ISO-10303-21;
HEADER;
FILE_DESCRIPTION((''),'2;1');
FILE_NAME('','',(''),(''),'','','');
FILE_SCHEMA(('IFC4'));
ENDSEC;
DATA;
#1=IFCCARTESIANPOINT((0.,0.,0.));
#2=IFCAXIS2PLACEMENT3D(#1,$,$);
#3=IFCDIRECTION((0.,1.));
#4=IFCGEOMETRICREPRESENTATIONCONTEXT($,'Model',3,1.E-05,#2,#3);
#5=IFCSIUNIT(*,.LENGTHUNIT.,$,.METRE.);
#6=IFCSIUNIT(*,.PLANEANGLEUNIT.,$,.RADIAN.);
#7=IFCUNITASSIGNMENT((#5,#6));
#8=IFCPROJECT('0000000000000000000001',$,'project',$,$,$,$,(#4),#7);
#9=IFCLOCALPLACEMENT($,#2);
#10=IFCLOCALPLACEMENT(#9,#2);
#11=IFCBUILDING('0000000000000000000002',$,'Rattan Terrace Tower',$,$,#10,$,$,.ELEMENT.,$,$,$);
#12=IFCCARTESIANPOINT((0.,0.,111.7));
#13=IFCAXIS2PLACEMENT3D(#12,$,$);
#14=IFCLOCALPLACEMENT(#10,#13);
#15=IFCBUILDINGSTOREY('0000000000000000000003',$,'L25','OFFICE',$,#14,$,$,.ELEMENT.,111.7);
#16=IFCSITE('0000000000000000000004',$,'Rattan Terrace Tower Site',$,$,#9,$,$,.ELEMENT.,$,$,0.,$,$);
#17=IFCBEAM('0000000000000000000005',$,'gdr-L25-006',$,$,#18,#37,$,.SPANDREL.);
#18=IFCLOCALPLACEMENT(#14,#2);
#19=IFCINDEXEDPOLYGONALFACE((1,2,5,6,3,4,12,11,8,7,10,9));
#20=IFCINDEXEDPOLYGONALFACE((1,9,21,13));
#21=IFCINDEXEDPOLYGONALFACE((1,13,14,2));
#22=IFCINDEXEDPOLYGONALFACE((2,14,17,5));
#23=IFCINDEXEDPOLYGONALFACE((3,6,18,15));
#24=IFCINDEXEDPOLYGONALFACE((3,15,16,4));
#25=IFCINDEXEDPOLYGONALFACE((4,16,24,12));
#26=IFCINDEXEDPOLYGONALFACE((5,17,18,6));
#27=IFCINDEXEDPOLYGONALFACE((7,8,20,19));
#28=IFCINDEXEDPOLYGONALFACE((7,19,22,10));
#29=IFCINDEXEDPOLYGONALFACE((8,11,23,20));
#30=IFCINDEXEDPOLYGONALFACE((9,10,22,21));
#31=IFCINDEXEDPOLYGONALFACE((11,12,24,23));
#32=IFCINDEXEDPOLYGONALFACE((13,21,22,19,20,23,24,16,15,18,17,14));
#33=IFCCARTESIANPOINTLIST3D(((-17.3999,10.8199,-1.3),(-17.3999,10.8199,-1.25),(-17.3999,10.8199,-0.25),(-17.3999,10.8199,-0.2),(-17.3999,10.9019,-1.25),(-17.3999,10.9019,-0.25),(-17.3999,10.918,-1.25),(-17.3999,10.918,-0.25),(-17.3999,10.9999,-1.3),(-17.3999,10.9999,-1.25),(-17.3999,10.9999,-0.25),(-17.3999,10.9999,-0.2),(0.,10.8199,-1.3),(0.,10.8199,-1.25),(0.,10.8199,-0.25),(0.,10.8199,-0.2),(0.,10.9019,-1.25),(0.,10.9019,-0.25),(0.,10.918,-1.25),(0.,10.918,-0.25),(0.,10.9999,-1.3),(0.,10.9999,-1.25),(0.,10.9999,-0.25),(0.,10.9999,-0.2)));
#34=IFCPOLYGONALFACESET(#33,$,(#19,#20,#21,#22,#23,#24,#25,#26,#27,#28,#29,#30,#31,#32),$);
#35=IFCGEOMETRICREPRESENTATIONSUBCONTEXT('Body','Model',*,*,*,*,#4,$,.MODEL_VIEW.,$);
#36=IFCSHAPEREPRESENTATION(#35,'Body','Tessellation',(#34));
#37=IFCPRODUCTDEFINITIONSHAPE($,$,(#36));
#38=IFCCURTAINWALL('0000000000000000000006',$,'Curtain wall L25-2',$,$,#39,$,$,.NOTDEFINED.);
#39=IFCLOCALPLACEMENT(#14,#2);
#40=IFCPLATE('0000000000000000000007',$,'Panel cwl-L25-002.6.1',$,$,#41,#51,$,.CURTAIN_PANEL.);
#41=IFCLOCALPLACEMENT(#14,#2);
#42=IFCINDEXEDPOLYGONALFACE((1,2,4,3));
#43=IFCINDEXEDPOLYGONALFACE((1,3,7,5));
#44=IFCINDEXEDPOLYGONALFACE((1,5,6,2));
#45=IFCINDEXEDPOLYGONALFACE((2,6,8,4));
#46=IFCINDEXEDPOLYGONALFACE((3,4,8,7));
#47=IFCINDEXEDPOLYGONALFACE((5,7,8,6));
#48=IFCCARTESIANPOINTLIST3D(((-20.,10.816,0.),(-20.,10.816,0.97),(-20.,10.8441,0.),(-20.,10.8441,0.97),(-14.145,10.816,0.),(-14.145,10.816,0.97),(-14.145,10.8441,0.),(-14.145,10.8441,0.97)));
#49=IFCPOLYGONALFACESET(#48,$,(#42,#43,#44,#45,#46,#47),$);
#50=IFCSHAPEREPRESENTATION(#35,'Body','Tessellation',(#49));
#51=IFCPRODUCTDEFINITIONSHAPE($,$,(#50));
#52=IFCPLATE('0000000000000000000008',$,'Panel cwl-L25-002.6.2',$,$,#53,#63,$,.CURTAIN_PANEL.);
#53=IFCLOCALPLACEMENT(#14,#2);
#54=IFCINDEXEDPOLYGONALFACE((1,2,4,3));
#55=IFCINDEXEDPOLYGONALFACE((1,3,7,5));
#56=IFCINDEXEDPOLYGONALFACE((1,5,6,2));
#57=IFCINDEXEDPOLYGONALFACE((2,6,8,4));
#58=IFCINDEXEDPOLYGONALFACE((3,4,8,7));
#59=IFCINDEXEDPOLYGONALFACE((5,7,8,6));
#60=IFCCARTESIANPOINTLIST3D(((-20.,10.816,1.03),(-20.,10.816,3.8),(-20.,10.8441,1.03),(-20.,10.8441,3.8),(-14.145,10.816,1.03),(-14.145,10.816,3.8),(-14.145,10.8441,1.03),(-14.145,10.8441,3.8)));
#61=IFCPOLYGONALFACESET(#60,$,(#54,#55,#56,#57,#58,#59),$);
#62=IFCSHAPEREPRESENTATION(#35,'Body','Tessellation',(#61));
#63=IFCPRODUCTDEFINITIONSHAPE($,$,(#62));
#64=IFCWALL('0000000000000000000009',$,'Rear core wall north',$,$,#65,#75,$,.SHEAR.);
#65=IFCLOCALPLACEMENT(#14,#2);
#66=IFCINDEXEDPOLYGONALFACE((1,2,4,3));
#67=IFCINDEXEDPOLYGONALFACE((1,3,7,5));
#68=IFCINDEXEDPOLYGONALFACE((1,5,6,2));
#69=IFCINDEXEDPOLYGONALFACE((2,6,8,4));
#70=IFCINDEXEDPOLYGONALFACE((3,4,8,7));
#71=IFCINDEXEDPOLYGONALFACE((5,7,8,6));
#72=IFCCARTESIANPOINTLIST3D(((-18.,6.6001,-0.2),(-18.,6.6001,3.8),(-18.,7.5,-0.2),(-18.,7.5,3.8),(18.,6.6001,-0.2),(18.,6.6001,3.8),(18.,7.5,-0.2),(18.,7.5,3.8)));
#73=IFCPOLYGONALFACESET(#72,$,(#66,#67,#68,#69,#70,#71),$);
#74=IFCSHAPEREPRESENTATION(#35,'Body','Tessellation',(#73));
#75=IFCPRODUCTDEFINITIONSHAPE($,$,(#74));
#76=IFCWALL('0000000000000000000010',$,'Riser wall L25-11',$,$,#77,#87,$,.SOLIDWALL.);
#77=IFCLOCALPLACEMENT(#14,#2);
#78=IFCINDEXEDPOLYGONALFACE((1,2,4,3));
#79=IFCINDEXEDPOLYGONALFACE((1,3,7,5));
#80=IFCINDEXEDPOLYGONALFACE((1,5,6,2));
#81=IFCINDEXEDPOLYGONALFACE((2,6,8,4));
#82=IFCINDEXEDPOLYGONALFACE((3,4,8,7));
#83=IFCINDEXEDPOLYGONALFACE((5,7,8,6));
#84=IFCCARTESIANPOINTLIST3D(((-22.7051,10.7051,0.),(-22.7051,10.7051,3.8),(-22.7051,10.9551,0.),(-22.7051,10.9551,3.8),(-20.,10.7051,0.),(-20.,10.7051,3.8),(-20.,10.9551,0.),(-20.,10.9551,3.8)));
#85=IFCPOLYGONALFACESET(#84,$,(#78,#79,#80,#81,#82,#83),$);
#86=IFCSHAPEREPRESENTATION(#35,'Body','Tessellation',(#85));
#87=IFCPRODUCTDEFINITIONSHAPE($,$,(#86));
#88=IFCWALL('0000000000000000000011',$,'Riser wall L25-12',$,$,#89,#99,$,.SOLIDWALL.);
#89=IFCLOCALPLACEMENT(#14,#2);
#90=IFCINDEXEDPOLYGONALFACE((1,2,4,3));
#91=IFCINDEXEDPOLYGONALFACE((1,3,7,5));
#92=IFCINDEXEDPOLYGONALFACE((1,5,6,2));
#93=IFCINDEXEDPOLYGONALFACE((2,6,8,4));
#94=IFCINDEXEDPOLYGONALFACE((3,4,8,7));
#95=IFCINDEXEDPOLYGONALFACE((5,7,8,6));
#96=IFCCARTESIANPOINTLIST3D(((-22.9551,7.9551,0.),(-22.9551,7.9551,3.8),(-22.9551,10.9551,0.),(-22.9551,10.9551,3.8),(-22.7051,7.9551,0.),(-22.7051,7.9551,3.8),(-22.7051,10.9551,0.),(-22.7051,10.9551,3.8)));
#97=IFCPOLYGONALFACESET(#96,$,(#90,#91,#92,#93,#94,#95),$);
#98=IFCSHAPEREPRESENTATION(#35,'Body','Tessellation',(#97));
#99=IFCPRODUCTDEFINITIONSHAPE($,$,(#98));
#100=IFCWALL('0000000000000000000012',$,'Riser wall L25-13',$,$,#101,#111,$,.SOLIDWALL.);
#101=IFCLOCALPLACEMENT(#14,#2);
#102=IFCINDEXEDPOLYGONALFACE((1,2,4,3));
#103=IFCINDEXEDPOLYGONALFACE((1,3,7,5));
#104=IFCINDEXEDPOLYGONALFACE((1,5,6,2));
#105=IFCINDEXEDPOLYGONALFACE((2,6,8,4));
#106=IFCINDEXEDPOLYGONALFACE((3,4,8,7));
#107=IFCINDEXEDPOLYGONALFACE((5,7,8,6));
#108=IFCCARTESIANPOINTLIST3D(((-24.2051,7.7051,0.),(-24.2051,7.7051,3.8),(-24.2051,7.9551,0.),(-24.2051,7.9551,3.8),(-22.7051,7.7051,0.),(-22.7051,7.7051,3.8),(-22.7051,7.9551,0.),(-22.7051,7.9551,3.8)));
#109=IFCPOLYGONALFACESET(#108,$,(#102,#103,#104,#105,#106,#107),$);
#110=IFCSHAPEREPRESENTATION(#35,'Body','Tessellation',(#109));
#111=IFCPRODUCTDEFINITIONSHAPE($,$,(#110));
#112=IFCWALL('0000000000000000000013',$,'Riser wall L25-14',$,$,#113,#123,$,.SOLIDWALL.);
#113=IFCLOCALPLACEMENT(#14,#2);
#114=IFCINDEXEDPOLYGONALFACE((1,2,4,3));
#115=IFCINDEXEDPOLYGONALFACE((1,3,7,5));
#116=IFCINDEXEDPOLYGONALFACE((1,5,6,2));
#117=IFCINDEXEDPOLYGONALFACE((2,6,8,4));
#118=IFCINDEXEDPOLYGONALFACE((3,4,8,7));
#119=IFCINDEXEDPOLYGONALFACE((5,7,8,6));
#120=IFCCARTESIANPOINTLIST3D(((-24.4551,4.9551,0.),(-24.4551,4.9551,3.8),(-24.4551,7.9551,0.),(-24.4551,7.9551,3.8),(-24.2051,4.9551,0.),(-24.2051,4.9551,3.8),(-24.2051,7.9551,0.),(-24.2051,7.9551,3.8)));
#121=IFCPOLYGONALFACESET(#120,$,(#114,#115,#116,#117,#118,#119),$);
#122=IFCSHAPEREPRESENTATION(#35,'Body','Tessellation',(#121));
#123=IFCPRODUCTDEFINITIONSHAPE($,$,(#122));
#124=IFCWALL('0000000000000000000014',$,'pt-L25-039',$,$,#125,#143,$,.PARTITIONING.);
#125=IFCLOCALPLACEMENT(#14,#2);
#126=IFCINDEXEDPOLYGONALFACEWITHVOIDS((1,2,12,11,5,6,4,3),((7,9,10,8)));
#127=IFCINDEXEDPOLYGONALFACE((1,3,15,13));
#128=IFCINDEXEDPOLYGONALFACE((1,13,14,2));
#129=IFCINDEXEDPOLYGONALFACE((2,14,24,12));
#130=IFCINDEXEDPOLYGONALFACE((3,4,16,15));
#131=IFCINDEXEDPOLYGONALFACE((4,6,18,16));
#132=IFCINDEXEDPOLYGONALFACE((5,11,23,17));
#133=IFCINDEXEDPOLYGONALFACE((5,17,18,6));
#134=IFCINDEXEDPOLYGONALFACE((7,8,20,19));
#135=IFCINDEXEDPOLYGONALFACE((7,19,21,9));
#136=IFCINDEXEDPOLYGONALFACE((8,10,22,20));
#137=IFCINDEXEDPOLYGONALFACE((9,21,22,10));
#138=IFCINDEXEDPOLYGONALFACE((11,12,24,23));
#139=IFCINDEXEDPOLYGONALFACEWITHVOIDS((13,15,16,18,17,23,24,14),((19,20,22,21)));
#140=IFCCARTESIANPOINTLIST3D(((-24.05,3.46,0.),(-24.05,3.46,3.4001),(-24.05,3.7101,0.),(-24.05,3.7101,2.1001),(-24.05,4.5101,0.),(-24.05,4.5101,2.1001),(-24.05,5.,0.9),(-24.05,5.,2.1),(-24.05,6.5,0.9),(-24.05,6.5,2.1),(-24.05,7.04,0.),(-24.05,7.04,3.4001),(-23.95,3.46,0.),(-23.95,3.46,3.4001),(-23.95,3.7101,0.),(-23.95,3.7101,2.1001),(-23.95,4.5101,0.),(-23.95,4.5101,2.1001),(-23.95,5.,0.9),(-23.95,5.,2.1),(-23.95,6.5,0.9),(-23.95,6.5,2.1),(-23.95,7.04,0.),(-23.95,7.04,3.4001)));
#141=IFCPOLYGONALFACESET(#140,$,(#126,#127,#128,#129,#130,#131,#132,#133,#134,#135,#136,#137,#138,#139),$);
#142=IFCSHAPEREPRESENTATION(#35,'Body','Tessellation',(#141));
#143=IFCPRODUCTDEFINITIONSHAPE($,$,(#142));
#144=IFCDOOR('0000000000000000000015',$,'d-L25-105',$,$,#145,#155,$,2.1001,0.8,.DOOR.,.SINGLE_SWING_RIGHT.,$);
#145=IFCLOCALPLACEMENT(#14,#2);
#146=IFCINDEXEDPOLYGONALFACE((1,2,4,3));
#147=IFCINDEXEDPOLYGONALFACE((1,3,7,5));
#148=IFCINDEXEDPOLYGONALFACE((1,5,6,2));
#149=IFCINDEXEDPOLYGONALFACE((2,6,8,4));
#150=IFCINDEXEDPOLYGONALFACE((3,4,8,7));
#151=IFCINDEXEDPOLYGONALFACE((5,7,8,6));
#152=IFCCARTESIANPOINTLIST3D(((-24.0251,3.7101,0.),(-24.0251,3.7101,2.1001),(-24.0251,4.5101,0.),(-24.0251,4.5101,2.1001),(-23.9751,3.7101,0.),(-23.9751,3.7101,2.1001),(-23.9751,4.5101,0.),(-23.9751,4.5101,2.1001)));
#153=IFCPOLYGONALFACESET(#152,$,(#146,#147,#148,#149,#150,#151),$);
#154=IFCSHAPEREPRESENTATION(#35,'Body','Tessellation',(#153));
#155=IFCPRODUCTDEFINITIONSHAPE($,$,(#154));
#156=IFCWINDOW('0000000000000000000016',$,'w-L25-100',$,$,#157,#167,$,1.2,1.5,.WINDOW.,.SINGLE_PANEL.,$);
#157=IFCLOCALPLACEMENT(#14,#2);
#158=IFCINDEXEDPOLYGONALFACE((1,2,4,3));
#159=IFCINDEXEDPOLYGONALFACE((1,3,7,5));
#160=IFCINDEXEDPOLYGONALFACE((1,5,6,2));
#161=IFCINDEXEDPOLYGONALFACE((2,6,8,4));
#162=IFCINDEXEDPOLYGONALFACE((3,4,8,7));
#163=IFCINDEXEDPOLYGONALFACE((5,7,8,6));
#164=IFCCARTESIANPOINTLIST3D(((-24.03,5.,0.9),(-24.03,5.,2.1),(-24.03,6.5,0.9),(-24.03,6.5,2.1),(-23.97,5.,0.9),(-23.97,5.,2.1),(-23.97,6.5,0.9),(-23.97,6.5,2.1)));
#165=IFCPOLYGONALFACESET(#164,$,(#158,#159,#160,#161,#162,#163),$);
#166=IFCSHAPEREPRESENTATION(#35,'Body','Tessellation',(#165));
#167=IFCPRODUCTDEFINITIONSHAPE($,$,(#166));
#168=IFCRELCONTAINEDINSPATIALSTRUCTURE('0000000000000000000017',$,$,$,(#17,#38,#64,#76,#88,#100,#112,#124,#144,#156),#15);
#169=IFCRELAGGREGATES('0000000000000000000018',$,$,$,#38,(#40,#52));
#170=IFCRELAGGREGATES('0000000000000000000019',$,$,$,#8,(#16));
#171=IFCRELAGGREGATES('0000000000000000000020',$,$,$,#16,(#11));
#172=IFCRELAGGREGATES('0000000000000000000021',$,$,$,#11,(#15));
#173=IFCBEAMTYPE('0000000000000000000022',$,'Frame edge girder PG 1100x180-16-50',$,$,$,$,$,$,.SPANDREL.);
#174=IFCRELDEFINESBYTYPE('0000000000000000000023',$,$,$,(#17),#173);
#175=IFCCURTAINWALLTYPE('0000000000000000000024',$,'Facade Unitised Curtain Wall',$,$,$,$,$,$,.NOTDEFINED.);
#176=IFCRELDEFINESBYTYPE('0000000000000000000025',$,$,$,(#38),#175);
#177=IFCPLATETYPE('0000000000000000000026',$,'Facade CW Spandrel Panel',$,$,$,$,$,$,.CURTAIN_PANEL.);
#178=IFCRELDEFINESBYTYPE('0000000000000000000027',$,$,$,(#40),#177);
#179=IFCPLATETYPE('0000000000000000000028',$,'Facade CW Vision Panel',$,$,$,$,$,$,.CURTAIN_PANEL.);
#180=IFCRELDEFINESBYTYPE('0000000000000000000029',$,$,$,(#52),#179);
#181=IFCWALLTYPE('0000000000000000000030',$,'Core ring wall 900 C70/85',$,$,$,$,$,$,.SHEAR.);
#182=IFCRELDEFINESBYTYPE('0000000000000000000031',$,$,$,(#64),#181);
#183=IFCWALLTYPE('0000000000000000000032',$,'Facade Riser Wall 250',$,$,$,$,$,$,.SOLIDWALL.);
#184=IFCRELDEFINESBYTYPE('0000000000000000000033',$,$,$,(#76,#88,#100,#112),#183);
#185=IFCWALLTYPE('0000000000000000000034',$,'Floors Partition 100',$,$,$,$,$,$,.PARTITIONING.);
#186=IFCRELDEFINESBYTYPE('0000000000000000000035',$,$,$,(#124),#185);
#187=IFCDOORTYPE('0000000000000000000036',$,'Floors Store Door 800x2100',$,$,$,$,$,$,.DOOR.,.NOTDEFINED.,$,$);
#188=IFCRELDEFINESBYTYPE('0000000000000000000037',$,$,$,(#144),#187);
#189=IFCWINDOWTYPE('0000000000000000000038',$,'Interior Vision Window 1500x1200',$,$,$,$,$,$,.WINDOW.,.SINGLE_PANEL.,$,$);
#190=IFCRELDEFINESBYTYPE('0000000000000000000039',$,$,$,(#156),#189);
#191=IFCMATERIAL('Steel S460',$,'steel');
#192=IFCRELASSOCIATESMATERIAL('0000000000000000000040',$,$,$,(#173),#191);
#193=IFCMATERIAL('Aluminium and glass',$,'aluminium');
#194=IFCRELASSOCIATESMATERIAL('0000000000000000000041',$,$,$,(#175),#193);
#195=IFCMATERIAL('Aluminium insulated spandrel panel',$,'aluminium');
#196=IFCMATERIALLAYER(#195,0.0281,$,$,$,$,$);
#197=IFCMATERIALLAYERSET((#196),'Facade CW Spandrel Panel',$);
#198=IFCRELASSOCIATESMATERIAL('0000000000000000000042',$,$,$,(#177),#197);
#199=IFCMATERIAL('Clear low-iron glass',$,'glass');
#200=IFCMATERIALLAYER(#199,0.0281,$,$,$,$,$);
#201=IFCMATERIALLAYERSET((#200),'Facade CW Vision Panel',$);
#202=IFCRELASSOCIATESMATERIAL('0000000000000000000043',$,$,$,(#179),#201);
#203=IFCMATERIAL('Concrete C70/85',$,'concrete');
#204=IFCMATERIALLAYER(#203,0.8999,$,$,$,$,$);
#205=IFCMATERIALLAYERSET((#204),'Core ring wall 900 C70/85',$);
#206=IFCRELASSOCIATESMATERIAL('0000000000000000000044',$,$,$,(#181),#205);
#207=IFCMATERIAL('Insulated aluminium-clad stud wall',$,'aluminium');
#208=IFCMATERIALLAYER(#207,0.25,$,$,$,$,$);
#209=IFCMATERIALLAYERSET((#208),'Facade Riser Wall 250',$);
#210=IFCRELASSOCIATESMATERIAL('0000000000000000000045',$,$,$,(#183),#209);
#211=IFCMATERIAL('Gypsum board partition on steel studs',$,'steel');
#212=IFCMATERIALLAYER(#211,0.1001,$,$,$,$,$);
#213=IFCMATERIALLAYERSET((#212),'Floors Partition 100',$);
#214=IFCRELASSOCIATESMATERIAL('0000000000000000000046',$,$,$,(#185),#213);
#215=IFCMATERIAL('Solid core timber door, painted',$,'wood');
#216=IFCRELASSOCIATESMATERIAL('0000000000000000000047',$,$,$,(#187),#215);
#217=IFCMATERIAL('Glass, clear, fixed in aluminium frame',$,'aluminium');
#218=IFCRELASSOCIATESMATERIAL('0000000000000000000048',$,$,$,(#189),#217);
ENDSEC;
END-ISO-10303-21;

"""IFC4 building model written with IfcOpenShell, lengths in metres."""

from ifc_helpers import new_model, si_unit, direction, frame, frame_2d, origin, origin_2d, place, context, subcontext, project, spatial, rectangle, i_section, extrude, material, layer, layer_set, material_profile, profile_set, type_object, element, fill, aggregate, save


model = new_model("IFC4")

# Units and contexts
model_context = context("Model", 3, precision=1e-05, world=origin(), true_north=direction((0.0, 1.0)))
body_context = subcontext(model_context, "Body", "Model", "MODEL_VIEW")
ifc_project = project(units=[si_unit("LENGTHUNIT", "METRE"), si_unit("PLANEANGLEUNIT", "RADIAN")], contexts=[model_context])

# Site, building, storey
site_placement = place(None, origin())
site = spatial("IfcSite", under=ifc_project, at=site_placement, Name="Rattan Terrace Tower Site", CompositionType="ELEMENT", RefElevation=0.0)
building_placement = place(site_placement, origin())
building = spatial("IfcBuilding", under=site, at=building_placement, Name="Rattan Terrace Tower", CompositionType="ELEMENT")
storey_placement = place(building_placement, frame((0.0, 0.0, 111.7)))
storey = spatial("IfcBuildingStorey", under=building, at=storey_placement, Name="L25", Description="OFFICE", CompositionType="ELEMENT", Elevation=111.7)

# Beam
ifc_material_1 = material(Name="Steel S460", Category="steel")
ifc_material_profile = material_profile(ifc_material_1, i_section(OverallWidth=0.1799, OverallDepth=1.1001, WebThickness=0.0161, FlangeThickness=0.05, at=origin_2d()), Name="PG 1100x180-16-50")
ifc_profile_set = profile_set([ifc_material_profile], Name="Steel S460")
beam_type = type_object("IfcBeamType", Name="Frame edge girder PG 1100x180-16-50", PredefinedType="SPANDREL", material=ifc_profile_set)
beam_placement = place(storey_placement, frame((-17.3999, 10.9099, -0.75), z_axis=(1.0, 0.0, 0.0), x_axis=(0.0, 1.0, 0.0)))
element("IfcBeam", 1, at=beam_placement, inside=storey, type_object=beam_type, Name="gdr-L25-006", PredefinedType="SPANDREL", context=body_context, shape_type="SweptSolid", body=[
    extrude(i_section(OverallWidth=0.1799, OverallDepth=1.1001, WebThickness=0.0161, FlangeThickness=0.05, at=origin_2d()), origin(), (0.0, 0.0, 1.0), 17.3999),
])

# Curtain wall, plates
ifc_material_2 = material(Name="Aluminium and glass", Category="aluminium")
curtain_wall_type = type_object("IfcCurtainWallType", Name="Facade Unitised Curtain Wall", PredefinedType="NOTDEFINED", material=ifc_material_2)
curtain_wall_placement = place(storey_placement, origin())
curtain_wall = element("IfcCurtainWall", 2, at=curtain_wall_placement, inside=storey, type_object=curtain_wall_type, Name="Curtain wall L25-2", PredefinedType="NOTDEFINED")
ifc_material_3 = material(Name="Aluminium insulated spandrel panel", Category="aluminium")
ifc_layer_1 = layer(ifc_material_3, 0.0281)
ifc_layer_set_1 = layer_set([ifc_layer_1], Name="Facade CW Spandrel Panel")
plate_type_1 = type_object("IfcPlateType", Name="Facade CW Spandrel Panel", PredefinedType="CURTAIN_PANEL", material=ifc_layer_set_1)
plate_1_placement = place(storey_placement, frame((-17.0725, 10.8301, 0.0), z_axis=(0.0, 0.0, 1.0), x_axis=(-1.0, 0.0, 0.0)))
plate_1 = element("IfcPlate", 3, at=plate_1_placement, type_object=plate_type_1, Name="Panel cwl-L25-002.6.1", PredefinedType="CURTAIN_PANEL", context=body_context, shape_type="SweptSolid", body=[
    extrude(rectangle(XDim=5.855, YDim=0.0281, at=origin_2d()), origin(), (0.0, 0.0, 1.0), 0.97),
])
ifc_material_4 = material(Name="Clear low-iron glass", Category="glass")
ifc_layer_2 = layer(ifc_material_4, 0.0281)
ifc_layer_set_2 = layer_set([ifc_layer_2], Name="Facade CW Vision Panel")
plate_type_2 = type_object("IfcPlateType", Name="Facade CW Vision Panel", PredefinedType="CURTAIN_PANEL", material=ifc_layer_set_2)
plate_2_placement = place(storey_placement, frame((-17.0725, 10.8301, 1.03), z_axis=(0.0, 0.0, 1.0), x_axis=(-1.0, 0.0, 0.0)))
plate_2 = element("IfcPlate", 4, at=plate_2_placement, type_object=plate_type_2, Name="Panel cwl-L25-002.6.2", PredefinedType="CURTAIN_PANEL", context=body_context, shape_type="SweptSolid", body=[
    extrude(rectangle(XDim=5.855, YDim=0.0281, at=origin_2d()), origin(), (0.0, 0.0, 1.0), 2.77),
])
aggregate(curtain_wall, [plate_1, plate_2])

# Walls
ifc_material_5 = material(Name="Concrete C70/85", Category="concrete")
ifc_layer_3 = layer(ifc_material_5, 0.8999)
ifc_layer_set_3 = layer_set([ifc_layer_3], Name="Core ring wall 900 C70/85")
wall_type_1 = type_object("IfcWallType", Name="Core ring wall 900 C70/85", PredefinedType="SHEAR", material=ifc_layer_set_3)
wall_1_placement = place(storey_placement, frame((-18.0, 7.05, -0.2), z_axis=(0.0, 0.0, 1.0), x_axis=(1.0, 0.0, 0.0)))
element("IfcWall", 5, at=wall_1_placement, inside=storey, type_object=wall_type_1, Name="Rear core wall north", PredefinedType="SHEAR", context=body_context, shape_type="SweptSolid", body=[
    extrude(rectangle(XDim=36.0, YDim=0.8999, at=frame_2d((18.0, 0.0))), origin(), (0.0, 0.0, 1.0), 4.0),
])
ifc_material_6 = material(Name="Insulated aluminium-clad stud wall", Category="aluminium")
ifc_layer_4 = layer(ifc_material_6, 0.25)
ifc_layer_set_4 = layer_set([ifc_layer_4], Name="Facade Riser Wall 250")
wall_type_2 = type_object("IfcWallType", Name="Facade Riser Wall 250", PredefinedType="SOLIDWALL", material=ifc_layer_set_4)
wall_2_placement = place(storey_placement, frame((-20.0, 10.8301, 0.0), z_axis=(0.0, 0.0, 1.0), x_axis=(-1.0, 0.0, 0.0)))
element("IfcWall", 6, at=wall_2_placement, inside=storey, type_object=wall_type_2, Name="Riser wall L25-11", PredefinedType="SOLIDWALL", context=body_context, shape_type="SweptSolid", body=[
    extrude(rectangle(XDim=2.7051, YDim=0.25, at=frame_2d((1.3525, 0.0))), origin(), (0.0, 0.0, 1.0), 3.8),
])
wall_3_placement = place(storey_placement, frame((-22.8301, 10.9551, 0.0), z_axis=(0.0, 0.0, 1.0), x_axis=(0.0, -1.0, 0.0)))
element("IfcWall", 7, at=wall_3_placement, inside=storey, type_object=wall_type_2, Name="Riser wall L25-12", PredefinedType="SOLIDWALL", context=body_context, shape_type="SweptSolid", body=[
    extrude(rectangle(XDim=3.0, YDim=0.25, at=frame_2d((1.5, 0.0))), origin(), (0.0, 0.0, 1.0), 3.8),
])
wall_4_placement = place(storey_placement, frame((-22.7051, 7.8301, 0.0), z_axis=(0.0, 0.0, 1.0), x_axis=(-1.0, 0.0, 0.0)))
element("IfcWall", 8, at=wall_4_placement, inside=storey, type_object=wall_type_2, Name="Riser wall L25-13", PredefinedType="SOLIDWALL", context=body_context, shape_type="SweptSolid", body=[
    extrude(rectangle(XDim=1.5, YDim=0.25, at=frame_2d((0.75, 0.0))), origin(), (0.0, 0.0, 1.0), 3.8),
])
wall_5_placement = place(storey_placement, frame((-24.3301, 7.9551, 0.0), z_axis=(0.0, 0.0, 1.0), x_axis=(0.0, -1.0, 0.0)))
element("IfcWall", 9, at=wall_5_placement, inside=storey, type_object=wall_type_2, Name="Riser wall L25-14", PredefinedType="SOLIDWALL", context=body_context, shape_type="SweptSolid", body=[
    extrude(rectangle(XDim=3.0, YDim=0.25, at=frame_2d((1.5, 0.0))), origin(), (0.0, 0.0, 1.0), 3.8),
])

# Wall, openings, door, window
ifc_material_7 = material(Name="Gypsum board partition on steel studs", Category="steel")
ifc_layer_5 = layer(ifc_material_7, 0.1001)
ifc_layer_set_5 = layer_set([ifc_layer_5], Name="Floors Partition 100")
wall_type_3 = type_object("IfcWallType", Name="Floors Partition 100", PredefinedType="PARTITIONING", material=ifc_layer_set_5)
wall_6_placement = place(storey_placement, frame((-24.0, 7.04, 0.0), z_axis=(0.0, 0.0, 1.0), x_axis=(0.0, -1.0, 0.0)))
wall_6 = element("IfcWall", 10, at=wall_6_placement, inside=storey, type_object=wall_type_3, Name="pt-L25-039", PredefinedType="PARTITIONING", context=body_context, shape_type="SweptSolid", body=[
    extrude(rectangle(XDim=3.5801, YDim=0.1001, at=frame_2d((1.79, 0.0))), origin(), (0.0, 0.0, 1.0), 3.4001),
])
opening_1_placement = place(wall_6_placement, frame((2.53, 0.0, 0.0)))
opening_1 = element("IfcOpeningElement", 11, at=opening_1_placement, cuts=wall_6, PredefinedType="OPENING", context=body_context, shape_type="SweptSolid", body=[
    extrude(rectangle(XDim=0.8, YDim=2.1001, at=frame_2d((0.3999, 1.05))), frame((0.0, 0.0605, 0.0), z_axis=(0.0, -1.0, 0.0), x_axis=(1.0, 0.0, 0.0)), (0.0, 0.0, 1.0), 0.1211),
])
opening_2_placement = place(wall_6_placement, frame((0.54, 0.0, 0.8999)))
opening_2 = element("IfcOpeningElement", 12, at=opening_2_placement, cuts=wall_6, PredefinedType="OPENING", context=body_context, shape_type="SweptSolid", body=[
    extrude(rectangle(XDim=1.5, YDim=1.2, at=frame_2d((0.75, 0.6001))), frame((0.0, 0.0605, 0.0), z_axis=(0.0, -1.0, 0.0), x_axis=(1.0, 0.0, 0.0)), (0.0, 0.0, 1.0), 0.1211),
])
ifc_material_8 = material(Name="Solid core timber door, painted", Category="wood")
door_type = type_object("IfcDoorType", Name="Floors Store Door 800x2100", OperationType="NOTDEFINED", PredefinedType="DOOR", material=ifc_material_8)
door_placement = place(opening_1_placement, origin())
door = element("IfcDoor", 13, at=door_placement, inside=storey, type_object=door_type, Name="d-L25-105", OperationType="SINGLE_SWING_RIGHT", OverallHeight=2.1001, OverallWidth=0.8, PredefinedType="DOOR", context=body_context, shape_type="SweptSolid", body=[
    extrude(rectangle(XDim=0.8, YDim=2.1001, at=frame_2d((0.3999, 1.05))), frame((0.0, 0.0249, 0.0), z_axis=(0.0, -1.0, 0.0), x_axis=(1.0, 0.0, 0.0)), (0.0, 0.0, 1.0), 0.05),
])
fill(opening_1, door)
ifc_material_9 = material(Name="Glass, clear, fixed in aluminium frame", Category="aluminium")
window_type_1 = type_object("IfcWindowType", Name="Interior Vision Window 1500x1200", PartitioningType="SINGLE_PANEL", PredefinedType="WINDOW", material=ifc_material_9)
window_1_placement = place(opening_2_placement, origin())
window_1 = element("IfcWindow", 14, at=window_1_placement, inside=storey, type_object=window_type_1, Name="w-L25-100", OverallHeight=1.2, OverallWidth=1.5, PartitioningType="SINGLE_PANEL", PredefinedType="WINDOW", context=body_context, shape_type="SweptSolid", body=[
    extrude(rectangle(XDim=1.5, YDim=1.2, at=frame_2d((0.75, 0.6001))), frame((0.0, 0.03, 0.0), z_axis=(0.0, -1.0, 0.0), x_axis=(1.0, 0.0, 0.0)), (0.0, 0.0, 1.0), 0.0601),
])
fill(opening_2, window_1)

save(model, "model.ifc")
